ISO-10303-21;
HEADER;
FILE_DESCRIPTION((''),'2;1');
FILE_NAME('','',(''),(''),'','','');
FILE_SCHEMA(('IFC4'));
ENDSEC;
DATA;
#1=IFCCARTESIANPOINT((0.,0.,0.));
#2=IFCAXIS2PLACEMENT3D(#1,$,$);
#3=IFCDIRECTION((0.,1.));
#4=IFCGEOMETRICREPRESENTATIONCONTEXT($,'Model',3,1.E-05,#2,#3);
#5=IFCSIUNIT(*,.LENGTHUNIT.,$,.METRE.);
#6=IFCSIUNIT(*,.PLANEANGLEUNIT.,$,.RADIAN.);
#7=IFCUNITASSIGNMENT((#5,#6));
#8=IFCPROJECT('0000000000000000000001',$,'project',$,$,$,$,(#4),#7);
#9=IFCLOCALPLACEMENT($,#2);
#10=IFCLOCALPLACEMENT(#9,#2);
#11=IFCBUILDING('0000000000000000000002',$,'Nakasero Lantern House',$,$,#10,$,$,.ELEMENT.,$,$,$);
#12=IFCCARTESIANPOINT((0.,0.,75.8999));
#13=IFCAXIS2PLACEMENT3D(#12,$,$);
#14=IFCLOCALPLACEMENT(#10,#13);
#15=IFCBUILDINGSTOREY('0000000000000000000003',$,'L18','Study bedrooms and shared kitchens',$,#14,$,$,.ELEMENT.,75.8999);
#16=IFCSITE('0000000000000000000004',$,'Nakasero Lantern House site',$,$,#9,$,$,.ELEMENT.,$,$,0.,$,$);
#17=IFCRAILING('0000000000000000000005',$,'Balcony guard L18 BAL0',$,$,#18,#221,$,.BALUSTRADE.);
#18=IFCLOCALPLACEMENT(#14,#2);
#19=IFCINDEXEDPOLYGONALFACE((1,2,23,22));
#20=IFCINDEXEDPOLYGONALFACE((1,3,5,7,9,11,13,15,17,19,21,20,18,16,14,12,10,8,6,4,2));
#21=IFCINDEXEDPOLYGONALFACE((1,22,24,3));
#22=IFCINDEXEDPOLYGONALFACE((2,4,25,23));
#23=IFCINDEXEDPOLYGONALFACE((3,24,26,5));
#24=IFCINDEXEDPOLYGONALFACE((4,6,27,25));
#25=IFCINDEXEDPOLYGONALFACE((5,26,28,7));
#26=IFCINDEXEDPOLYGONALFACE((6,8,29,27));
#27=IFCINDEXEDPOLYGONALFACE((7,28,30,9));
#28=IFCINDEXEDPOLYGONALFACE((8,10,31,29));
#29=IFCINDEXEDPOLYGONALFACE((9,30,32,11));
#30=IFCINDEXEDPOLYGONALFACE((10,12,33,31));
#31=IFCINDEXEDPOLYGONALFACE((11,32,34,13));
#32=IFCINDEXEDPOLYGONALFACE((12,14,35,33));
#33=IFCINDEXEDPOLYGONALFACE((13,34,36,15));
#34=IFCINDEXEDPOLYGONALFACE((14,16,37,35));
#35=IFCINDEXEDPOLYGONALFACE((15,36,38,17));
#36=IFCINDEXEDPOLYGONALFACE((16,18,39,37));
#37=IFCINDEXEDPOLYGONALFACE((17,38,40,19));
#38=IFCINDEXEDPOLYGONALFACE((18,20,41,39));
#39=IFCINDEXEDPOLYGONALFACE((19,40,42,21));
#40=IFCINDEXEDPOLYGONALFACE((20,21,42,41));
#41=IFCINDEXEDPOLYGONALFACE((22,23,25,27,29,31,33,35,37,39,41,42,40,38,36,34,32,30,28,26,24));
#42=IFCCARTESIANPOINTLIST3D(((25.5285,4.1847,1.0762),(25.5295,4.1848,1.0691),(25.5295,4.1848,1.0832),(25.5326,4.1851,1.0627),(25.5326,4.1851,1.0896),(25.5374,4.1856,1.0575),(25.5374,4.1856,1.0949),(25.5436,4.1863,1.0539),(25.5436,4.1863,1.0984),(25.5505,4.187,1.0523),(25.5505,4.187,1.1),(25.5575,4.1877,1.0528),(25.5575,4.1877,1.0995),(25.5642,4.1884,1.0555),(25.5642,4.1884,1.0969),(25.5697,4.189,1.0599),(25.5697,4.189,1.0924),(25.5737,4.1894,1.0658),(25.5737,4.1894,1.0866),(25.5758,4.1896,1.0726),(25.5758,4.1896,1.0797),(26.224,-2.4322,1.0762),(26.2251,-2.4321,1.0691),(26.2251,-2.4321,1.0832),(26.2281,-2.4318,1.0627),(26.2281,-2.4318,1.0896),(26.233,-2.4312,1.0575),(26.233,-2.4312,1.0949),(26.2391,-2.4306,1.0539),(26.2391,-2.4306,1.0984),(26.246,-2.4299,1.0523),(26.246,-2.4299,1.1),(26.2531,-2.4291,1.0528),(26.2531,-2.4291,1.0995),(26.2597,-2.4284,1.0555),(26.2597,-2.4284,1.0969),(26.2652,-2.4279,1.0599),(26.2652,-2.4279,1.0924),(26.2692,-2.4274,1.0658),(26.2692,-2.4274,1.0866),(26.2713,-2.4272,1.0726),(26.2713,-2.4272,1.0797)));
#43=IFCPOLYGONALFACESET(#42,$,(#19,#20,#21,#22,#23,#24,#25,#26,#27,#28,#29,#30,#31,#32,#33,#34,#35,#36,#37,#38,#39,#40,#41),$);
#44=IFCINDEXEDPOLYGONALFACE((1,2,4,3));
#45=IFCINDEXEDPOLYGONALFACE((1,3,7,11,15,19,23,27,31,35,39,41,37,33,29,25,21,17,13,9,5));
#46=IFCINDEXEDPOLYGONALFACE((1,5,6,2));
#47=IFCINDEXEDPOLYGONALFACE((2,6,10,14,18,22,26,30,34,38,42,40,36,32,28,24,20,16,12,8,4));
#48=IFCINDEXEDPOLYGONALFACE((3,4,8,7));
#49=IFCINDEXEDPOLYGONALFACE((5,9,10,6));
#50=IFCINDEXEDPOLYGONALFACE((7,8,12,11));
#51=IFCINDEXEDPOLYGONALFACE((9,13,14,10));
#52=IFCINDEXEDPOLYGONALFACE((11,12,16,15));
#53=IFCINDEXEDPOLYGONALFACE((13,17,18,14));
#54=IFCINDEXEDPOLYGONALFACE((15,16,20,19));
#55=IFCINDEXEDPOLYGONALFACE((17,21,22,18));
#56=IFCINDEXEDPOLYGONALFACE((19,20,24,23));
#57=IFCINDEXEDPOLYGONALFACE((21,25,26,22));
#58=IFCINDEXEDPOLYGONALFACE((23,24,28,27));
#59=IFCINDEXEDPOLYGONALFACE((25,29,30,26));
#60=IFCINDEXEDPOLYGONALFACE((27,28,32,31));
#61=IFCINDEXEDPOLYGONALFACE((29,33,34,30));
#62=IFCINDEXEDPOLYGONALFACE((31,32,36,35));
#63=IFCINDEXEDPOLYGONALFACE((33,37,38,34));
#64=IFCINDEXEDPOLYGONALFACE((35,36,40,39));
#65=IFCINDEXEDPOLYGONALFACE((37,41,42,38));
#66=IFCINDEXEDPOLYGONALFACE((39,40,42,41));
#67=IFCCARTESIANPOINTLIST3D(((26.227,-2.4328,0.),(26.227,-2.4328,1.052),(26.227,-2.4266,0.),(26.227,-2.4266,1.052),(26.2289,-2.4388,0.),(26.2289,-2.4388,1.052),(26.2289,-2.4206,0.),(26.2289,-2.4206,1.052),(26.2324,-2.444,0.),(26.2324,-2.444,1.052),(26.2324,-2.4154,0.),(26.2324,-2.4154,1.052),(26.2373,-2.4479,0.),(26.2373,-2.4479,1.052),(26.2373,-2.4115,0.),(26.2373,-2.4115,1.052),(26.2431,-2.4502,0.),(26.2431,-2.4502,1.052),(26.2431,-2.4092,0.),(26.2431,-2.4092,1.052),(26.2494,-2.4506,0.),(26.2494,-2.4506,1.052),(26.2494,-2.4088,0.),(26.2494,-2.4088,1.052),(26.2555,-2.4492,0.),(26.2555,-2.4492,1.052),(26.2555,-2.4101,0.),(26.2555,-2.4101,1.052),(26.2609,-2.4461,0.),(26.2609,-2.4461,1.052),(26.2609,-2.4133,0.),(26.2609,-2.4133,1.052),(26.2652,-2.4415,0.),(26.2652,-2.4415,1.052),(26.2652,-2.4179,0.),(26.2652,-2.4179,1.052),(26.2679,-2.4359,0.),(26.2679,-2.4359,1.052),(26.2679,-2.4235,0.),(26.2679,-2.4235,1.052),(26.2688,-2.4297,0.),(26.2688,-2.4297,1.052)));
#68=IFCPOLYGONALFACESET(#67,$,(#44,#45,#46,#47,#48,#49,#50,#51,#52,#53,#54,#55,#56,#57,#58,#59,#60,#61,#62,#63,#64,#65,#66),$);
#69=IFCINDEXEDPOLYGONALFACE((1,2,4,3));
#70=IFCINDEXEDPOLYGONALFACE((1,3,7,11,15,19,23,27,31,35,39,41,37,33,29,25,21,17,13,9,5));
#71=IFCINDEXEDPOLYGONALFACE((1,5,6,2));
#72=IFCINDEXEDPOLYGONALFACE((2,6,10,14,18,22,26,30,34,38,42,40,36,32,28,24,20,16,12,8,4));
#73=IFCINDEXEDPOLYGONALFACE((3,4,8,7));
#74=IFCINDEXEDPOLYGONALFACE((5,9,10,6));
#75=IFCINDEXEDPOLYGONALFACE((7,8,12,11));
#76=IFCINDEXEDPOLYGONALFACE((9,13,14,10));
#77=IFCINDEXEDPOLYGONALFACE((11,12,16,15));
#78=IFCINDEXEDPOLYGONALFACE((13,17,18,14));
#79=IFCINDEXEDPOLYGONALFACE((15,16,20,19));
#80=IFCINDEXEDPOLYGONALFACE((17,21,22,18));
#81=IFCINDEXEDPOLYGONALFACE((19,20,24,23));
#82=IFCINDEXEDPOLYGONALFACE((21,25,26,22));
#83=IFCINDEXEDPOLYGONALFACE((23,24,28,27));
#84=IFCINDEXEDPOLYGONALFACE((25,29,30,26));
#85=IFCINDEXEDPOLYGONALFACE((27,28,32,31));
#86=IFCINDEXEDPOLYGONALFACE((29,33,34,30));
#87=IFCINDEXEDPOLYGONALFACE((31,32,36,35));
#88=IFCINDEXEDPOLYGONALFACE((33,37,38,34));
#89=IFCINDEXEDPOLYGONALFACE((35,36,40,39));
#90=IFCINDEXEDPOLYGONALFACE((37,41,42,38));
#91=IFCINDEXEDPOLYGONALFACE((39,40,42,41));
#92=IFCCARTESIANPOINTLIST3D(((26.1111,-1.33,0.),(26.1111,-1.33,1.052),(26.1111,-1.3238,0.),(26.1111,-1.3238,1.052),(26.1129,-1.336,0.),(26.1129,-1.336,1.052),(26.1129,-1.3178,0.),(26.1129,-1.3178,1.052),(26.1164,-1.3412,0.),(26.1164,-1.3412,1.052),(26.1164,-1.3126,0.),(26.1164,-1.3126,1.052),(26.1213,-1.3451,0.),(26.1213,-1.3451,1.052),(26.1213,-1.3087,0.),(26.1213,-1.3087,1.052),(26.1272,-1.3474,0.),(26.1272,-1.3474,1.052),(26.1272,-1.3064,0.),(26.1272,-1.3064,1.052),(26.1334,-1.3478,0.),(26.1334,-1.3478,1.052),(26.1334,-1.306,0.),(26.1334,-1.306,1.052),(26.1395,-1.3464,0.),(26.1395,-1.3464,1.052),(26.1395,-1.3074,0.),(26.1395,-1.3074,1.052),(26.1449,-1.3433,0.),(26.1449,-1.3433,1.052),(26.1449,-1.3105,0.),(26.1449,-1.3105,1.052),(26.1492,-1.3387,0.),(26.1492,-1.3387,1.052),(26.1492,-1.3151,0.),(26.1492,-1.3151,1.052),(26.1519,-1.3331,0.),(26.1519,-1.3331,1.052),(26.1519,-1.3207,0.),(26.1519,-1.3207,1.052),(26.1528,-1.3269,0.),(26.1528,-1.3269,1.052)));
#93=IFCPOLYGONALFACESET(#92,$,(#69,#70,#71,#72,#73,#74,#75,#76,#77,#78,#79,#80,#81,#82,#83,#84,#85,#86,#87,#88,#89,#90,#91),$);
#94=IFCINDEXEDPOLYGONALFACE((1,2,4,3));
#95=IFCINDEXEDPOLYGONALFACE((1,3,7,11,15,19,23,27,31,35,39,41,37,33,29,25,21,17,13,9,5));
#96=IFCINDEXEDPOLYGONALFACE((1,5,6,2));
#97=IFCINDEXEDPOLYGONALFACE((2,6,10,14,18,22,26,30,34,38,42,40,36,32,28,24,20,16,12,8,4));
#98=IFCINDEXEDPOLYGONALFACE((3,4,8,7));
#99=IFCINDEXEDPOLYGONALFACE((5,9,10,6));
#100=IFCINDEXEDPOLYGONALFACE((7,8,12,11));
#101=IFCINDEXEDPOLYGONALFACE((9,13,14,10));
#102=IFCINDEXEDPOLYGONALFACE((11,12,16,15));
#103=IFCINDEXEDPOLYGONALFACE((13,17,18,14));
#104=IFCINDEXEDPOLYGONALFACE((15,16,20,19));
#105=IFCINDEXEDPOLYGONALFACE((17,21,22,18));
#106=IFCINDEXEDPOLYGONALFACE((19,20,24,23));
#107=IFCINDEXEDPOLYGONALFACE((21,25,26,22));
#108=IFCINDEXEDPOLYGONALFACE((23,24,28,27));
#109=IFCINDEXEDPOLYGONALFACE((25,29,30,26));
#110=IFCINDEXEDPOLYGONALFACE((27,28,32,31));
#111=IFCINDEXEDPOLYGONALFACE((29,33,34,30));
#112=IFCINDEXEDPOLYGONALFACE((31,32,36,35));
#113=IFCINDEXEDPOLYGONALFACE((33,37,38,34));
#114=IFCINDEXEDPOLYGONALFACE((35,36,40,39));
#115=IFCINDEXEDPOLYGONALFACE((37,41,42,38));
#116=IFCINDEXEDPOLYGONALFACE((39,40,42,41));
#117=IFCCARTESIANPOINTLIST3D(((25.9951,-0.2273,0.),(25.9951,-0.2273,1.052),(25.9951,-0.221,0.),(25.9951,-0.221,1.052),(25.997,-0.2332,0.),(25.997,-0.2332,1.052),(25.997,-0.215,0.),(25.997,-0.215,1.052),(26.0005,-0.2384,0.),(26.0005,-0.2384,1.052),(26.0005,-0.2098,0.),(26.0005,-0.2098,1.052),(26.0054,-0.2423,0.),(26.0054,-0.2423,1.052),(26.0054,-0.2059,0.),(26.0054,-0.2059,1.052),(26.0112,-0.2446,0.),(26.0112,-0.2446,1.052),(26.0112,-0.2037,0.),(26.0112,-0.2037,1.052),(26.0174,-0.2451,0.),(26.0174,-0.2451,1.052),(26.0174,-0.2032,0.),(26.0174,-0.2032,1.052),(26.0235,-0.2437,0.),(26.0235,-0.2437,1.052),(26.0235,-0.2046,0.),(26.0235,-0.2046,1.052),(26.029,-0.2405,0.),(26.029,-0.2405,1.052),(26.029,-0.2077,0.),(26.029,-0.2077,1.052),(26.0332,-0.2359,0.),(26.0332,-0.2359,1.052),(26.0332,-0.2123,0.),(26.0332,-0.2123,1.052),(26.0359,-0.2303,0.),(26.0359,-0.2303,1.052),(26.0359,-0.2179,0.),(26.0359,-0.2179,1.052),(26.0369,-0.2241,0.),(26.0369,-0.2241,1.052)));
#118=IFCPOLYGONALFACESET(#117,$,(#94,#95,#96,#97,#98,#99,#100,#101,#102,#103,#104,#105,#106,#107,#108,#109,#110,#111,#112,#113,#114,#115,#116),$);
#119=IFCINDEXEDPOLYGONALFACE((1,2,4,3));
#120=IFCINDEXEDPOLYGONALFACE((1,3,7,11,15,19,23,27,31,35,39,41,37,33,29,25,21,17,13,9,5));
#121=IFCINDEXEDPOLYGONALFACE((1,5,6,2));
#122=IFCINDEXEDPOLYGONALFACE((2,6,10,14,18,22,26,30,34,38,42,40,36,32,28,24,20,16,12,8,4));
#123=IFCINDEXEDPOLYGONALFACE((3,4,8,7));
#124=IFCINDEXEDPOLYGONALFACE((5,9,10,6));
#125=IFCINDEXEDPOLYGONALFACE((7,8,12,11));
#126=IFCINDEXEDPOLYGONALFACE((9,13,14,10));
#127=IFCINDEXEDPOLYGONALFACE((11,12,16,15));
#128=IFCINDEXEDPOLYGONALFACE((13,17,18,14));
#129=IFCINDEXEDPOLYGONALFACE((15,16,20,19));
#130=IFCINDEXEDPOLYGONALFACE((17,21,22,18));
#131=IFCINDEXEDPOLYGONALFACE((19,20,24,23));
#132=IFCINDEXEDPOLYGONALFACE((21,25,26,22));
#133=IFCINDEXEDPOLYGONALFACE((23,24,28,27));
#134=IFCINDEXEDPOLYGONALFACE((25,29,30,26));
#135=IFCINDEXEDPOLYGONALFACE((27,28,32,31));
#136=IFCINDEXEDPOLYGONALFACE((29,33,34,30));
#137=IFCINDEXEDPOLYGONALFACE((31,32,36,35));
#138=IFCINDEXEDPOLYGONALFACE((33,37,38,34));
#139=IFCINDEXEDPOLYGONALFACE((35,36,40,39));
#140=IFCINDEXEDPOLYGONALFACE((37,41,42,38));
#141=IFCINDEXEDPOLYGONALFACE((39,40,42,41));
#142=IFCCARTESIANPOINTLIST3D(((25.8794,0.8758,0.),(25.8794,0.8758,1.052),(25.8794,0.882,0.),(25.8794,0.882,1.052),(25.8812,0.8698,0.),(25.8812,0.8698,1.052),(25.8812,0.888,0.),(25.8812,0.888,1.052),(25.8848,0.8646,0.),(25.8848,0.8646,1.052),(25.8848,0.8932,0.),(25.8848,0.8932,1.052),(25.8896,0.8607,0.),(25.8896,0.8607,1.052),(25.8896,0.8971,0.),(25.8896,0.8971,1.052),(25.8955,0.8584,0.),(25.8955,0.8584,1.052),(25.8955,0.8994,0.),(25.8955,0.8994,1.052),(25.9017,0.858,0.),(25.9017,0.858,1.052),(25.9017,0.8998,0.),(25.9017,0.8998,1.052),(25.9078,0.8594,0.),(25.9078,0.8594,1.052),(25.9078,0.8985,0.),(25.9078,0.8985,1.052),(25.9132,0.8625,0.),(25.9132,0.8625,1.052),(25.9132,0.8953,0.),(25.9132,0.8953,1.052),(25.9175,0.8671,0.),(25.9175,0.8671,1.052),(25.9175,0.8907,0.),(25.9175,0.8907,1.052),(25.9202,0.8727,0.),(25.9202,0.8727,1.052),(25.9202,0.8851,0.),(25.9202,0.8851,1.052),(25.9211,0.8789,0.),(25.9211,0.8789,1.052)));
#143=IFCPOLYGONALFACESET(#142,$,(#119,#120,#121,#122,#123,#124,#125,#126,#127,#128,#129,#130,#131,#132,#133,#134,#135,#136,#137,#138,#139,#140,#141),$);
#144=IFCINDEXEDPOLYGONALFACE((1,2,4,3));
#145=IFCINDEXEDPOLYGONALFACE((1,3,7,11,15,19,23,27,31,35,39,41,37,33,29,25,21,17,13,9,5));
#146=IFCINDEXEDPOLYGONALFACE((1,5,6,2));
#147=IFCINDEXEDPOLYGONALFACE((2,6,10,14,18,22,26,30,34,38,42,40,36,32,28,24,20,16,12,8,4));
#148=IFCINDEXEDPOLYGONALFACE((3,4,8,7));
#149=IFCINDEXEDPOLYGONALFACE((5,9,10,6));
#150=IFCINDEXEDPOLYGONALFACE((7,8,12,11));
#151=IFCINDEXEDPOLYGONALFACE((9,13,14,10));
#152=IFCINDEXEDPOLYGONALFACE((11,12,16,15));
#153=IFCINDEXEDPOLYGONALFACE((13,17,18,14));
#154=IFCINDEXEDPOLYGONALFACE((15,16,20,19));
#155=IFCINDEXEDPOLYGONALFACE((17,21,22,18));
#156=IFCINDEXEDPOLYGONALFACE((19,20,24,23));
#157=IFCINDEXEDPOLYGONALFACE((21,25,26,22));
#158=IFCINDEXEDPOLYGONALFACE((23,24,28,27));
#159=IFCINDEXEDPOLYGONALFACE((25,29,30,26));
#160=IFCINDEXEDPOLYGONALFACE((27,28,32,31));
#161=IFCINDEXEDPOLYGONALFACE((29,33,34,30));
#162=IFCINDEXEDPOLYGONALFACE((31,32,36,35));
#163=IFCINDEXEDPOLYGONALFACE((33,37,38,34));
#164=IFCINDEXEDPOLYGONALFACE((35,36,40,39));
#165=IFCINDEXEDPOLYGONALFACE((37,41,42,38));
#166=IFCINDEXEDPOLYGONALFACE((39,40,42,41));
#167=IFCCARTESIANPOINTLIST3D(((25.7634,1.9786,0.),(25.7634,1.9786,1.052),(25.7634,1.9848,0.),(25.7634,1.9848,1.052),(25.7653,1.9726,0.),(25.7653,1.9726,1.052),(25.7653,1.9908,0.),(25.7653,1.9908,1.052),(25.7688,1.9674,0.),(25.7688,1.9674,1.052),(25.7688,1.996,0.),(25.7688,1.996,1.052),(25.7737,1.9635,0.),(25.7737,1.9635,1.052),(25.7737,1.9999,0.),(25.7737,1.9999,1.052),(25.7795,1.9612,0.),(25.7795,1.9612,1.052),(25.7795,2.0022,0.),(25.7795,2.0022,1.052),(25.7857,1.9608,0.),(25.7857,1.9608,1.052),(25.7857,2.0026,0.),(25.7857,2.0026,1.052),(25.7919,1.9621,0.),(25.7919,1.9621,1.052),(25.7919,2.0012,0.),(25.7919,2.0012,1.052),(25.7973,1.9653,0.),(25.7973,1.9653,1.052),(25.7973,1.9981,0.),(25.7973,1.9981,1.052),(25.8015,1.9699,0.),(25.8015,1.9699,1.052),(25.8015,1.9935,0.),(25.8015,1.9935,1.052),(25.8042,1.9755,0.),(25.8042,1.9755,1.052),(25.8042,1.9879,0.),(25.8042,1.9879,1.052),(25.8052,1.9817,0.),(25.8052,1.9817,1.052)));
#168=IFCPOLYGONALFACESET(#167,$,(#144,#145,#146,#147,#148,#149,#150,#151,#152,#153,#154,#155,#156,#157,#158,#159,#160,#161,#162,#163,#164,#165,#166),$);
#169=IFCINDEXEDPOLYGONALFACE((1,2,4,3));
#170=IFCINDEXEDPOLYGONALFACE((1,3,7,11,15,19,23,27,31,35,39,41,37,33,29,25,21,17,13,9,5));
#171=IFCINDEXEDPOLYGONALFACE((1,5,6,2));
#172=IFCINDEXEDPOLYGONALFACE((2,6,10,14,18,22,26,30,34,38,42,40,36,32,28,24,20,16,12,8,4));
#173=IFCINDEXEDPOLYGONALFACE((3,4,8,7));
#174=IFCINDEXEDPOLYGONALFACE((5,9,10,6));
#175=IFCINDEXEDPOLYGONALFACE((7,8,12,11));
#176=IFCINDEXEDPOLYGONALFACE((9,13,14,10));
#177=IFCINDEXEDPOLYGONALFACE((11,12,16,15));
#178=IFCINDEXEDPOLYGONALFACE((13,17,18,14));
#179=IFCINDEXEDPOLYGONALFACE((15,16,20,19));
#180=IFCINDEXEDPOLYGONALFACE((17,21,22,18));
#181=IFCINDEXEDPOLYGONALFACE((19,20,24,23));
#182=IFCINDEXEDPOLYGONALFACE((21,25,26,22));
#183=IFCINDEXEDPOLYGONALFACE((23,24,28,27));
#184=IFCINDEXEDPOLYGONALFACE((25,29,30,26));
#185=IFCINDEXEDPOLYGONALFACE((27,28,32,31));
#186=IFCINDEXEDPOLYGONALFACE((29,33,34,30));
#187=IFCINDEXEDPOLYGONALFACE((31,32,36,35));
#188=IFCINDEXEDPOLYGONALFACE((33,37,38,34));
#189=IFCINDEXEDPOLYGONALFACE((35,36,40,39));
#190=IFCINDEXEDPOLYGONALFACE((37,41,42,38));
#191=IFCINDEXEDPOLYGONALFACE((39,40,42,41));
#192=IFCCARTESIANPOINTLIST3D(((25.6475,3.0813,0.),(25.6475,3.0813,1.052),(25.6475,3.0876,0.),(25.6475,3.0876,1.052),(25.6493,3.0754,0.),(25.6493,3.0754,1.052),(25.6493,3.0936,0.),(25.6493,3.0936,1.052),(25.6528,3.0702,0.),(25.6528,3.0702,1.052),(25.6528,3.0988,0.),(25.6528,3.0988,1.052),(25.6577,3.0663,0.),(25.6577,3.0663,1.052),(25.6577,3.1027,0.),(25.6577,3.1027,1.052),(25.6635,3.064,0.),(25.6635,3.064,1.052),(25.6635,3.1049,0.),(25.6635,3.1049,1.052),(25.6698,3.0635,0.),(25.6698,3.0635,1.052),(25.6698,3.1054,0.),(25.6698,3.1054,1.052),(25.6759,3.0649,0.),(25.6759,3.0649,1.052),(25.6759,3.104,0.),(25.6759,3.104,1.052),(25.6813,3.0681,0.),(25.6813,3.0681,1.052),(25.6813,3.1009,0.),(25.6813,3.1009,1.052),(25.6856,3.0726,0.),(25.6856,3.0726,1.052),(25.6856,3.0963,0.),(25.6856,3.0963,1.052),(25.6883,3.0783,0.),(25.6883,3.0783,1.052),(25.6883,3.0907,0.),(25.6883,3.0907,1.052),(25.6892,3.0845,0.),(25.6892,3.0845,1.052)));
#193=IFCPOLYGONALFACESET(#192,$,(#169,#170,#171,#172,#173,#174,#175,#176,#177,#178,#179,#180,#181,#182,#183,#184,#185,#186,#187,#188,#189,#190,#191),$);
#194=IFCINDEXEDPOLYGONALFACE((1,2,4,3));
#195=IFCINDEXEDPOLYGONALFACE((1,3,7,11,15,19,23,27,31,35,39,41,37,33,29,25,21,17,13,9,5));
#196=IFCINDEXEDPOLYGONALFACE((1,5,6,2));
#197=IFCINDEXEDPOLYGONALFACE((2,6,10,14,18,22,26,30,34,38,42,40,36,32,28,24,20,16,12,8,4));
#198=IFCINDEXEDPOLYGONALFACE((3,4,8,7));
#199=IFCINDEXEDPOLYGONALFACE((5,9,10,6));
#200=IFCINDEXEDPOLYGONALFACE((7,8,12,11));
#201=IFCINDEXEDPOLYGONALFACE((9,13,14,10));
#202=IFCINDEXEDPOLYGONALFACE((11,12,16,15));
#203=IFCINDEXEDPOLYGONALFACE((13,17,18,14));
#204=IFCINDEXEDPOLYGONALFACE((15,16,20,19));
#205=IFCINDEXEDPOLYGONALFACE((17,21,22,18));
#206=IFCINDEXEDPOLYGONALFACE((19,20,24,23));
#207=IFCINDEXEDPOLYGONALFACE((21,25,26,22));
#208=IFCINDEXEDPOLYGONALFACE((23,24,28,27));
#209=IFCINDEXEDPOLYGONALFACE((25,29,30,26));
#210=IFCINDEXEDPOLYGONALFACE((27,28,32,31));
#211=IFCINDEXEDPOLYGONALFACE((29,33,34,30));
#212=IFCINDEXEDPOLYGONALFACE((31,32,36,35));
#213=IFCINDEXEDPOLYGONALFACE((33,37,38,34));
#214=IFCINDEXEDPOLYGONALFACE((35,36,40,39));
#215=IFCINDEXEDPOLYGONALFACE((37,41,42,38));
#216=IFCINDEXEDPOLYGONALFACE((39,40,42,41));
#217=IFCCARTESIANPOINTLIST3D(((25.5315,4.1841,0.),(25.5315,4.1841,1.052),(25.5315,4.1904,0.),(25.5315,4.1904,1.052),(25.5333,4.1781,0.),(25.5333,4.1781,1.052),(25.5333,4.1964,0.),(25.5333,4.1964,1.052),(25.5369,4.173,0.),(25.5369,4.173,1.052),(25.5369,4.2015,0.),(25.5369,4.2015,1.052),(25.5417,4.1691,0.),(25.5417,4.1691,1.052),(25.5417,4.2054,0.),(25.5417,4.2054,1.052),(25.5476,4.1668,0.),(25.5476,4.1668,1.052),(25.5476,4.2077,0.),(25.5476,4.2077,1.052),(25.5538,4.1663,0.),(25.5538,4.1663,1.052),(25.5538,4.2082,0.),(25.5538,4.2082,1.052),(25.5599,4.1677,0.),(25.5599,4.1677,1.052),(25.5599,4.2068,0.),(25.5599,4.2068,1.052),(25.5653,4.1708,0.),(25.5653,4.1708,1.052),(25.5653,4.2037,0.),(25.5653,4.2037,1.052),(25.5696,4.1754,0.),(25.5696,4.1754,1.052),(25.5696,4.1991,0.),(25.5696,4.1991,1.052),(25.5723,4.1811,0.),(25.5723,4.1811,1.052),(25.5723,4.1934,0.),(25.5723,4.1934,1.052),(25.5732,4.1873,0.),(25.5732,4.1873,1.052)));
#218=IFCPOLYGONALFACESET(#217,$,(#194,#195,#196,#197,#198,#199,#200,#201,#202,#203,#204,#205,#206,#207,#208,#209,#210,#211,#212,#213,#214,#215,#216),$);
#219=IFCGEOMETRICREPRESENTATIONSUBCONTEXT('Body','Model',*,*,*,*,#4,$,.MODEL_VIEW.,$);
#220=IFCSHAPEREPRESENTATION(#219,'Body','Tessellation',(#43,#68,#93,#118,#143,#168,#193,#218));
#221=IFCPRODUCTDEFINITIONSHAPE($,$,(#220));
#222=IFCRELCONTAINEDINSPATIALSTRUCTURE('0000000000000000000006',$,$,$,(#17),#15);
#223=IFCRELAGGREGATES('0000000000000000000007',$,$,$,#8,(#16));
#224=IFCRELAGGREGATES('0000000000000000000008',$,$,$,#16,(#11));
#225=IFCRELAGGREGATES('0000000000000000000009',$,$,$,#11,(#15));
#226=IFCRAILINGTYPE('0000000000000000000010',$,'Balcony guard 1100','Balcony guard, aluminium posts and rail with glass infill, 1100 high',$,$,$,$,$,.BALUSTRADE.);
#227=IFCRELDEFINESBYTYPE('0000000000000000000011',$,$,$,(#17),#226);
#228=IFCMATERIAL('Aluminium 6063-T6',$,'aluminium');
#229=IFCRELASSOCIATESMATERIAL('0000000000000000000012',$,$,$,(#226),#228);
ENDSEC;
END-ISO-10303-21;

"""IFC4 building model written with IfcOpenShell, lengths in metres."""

from ifc_helpers import new_model, si_unit, direction, frame, origin, origin_2d, place, context, subcontext, project, spatial, circle, extrude, material, type_object, element, save


model = new_model("IFC4")

# Units and contexts
model_context = context("Model", 3, precision=1e-05, world=origin(), true_north=direction((0.0, 1.0)))
body_context = subcontext(model_context, "Body", "Model", "MODEL_VIEW")
ifc_project = project(units=[si_unit("LENGTHUNIT", "METRE"), si_unit("PLANEANGLEUNIT", "RADIAN")], contexts=[model_context])

# Site, building, storey
site_placement = place(None, origin())
site = spatial("IfcSite", under=ifc_project, at=site_placement, Name="Nakasero Lantern House site", CompositionType="ELEMENT", RefElevation=0.0)
building_placement = place(site_placement, origin())
building = spatial("IfcBuilding", under=site, at=building_placement, Name="Nakasero Lantern House", CompositionType="ELEMENT")
storey_placement = place(building_placement, frame((0.0, 0.0, 75.8999)))
storey = spatial("IfcBuildingStorey", under=building, at=storey_placement, Name="L18", Description="Study bedrooms and shared kitchens", CompositionType="ELEMENT", Elevation=75.8999)

# Railing
ifc_material_1 = material(Name="Aluminium 6063-T6", Category="aluminium")
railing_type = type_object("IfcRailingType", Name="Balcony guard 1100", Description="Balcony guard, aluminium posts and rail with glass infill, 1100 high", PredefinedType="BALUSTRADE", material=ifc_material_1)
railing_placement = place(storey_placement, frame((26.2478, -2.4297, 0.0)))
element("IfcRailing", 1, at=railing_placement, inside=storey, type_object=railing_type, Name="Balcony guard L18 BAL0", PredefinedType="BALUSTRADE", context=body_context, shape_type="SweptSolid", body=[
    extrude(circle(Radius=0.0239, at=origin_2d()), frame((0.0, 0.0, 1.0762), z_axis=(-0.104542, 0.994521, 0.0), x_axis=(-0.994521, -0.104542, 0.0)), (0.0, 0.0, 1.0), 6.6533),
    extrude(circle(Radius=0.021, at=origin_2d()), origin(), (0.0, 0.0, 1.0), 1.052),
    extrude(circle(Radius=0.021, at=origin_2d()), frame((-0.116, 1.1028, 0.0)), (0.0, 0.0, 1.0), 1.052),
    extrude(circle(Radius=0.021, at=origin_2d()), frame((-0.2319, 2.2056, 0.0)), (0.0, 0.0, 1.0), 1.052),
    extrude(circle(Radius=0.021, at=origin_2d()), frame((-0.3477, 3.3086, 0.0)), (0.0, 0.0, 1.0), 1.052),
    extrude(circle(Radius=0.021, at=origin_2d()), frame((-0.4636, 4.4114, 0.0)), (0.0, 0.0, 1.0), 1.052),
    extrude(circle(Radius=0.021, at=origin_2d()), frame((-0.5796, 5.5142, 0.0)), (0.0, 0.0, 1.0), 1.052),
    extrude(circle(Radius=0.021, at=origin_2d()), frame((-0.6956, 6.6169, 0.0)), (0.0, 0.0, 1.0), 1.052),
])

save(model, "model.ifc")
